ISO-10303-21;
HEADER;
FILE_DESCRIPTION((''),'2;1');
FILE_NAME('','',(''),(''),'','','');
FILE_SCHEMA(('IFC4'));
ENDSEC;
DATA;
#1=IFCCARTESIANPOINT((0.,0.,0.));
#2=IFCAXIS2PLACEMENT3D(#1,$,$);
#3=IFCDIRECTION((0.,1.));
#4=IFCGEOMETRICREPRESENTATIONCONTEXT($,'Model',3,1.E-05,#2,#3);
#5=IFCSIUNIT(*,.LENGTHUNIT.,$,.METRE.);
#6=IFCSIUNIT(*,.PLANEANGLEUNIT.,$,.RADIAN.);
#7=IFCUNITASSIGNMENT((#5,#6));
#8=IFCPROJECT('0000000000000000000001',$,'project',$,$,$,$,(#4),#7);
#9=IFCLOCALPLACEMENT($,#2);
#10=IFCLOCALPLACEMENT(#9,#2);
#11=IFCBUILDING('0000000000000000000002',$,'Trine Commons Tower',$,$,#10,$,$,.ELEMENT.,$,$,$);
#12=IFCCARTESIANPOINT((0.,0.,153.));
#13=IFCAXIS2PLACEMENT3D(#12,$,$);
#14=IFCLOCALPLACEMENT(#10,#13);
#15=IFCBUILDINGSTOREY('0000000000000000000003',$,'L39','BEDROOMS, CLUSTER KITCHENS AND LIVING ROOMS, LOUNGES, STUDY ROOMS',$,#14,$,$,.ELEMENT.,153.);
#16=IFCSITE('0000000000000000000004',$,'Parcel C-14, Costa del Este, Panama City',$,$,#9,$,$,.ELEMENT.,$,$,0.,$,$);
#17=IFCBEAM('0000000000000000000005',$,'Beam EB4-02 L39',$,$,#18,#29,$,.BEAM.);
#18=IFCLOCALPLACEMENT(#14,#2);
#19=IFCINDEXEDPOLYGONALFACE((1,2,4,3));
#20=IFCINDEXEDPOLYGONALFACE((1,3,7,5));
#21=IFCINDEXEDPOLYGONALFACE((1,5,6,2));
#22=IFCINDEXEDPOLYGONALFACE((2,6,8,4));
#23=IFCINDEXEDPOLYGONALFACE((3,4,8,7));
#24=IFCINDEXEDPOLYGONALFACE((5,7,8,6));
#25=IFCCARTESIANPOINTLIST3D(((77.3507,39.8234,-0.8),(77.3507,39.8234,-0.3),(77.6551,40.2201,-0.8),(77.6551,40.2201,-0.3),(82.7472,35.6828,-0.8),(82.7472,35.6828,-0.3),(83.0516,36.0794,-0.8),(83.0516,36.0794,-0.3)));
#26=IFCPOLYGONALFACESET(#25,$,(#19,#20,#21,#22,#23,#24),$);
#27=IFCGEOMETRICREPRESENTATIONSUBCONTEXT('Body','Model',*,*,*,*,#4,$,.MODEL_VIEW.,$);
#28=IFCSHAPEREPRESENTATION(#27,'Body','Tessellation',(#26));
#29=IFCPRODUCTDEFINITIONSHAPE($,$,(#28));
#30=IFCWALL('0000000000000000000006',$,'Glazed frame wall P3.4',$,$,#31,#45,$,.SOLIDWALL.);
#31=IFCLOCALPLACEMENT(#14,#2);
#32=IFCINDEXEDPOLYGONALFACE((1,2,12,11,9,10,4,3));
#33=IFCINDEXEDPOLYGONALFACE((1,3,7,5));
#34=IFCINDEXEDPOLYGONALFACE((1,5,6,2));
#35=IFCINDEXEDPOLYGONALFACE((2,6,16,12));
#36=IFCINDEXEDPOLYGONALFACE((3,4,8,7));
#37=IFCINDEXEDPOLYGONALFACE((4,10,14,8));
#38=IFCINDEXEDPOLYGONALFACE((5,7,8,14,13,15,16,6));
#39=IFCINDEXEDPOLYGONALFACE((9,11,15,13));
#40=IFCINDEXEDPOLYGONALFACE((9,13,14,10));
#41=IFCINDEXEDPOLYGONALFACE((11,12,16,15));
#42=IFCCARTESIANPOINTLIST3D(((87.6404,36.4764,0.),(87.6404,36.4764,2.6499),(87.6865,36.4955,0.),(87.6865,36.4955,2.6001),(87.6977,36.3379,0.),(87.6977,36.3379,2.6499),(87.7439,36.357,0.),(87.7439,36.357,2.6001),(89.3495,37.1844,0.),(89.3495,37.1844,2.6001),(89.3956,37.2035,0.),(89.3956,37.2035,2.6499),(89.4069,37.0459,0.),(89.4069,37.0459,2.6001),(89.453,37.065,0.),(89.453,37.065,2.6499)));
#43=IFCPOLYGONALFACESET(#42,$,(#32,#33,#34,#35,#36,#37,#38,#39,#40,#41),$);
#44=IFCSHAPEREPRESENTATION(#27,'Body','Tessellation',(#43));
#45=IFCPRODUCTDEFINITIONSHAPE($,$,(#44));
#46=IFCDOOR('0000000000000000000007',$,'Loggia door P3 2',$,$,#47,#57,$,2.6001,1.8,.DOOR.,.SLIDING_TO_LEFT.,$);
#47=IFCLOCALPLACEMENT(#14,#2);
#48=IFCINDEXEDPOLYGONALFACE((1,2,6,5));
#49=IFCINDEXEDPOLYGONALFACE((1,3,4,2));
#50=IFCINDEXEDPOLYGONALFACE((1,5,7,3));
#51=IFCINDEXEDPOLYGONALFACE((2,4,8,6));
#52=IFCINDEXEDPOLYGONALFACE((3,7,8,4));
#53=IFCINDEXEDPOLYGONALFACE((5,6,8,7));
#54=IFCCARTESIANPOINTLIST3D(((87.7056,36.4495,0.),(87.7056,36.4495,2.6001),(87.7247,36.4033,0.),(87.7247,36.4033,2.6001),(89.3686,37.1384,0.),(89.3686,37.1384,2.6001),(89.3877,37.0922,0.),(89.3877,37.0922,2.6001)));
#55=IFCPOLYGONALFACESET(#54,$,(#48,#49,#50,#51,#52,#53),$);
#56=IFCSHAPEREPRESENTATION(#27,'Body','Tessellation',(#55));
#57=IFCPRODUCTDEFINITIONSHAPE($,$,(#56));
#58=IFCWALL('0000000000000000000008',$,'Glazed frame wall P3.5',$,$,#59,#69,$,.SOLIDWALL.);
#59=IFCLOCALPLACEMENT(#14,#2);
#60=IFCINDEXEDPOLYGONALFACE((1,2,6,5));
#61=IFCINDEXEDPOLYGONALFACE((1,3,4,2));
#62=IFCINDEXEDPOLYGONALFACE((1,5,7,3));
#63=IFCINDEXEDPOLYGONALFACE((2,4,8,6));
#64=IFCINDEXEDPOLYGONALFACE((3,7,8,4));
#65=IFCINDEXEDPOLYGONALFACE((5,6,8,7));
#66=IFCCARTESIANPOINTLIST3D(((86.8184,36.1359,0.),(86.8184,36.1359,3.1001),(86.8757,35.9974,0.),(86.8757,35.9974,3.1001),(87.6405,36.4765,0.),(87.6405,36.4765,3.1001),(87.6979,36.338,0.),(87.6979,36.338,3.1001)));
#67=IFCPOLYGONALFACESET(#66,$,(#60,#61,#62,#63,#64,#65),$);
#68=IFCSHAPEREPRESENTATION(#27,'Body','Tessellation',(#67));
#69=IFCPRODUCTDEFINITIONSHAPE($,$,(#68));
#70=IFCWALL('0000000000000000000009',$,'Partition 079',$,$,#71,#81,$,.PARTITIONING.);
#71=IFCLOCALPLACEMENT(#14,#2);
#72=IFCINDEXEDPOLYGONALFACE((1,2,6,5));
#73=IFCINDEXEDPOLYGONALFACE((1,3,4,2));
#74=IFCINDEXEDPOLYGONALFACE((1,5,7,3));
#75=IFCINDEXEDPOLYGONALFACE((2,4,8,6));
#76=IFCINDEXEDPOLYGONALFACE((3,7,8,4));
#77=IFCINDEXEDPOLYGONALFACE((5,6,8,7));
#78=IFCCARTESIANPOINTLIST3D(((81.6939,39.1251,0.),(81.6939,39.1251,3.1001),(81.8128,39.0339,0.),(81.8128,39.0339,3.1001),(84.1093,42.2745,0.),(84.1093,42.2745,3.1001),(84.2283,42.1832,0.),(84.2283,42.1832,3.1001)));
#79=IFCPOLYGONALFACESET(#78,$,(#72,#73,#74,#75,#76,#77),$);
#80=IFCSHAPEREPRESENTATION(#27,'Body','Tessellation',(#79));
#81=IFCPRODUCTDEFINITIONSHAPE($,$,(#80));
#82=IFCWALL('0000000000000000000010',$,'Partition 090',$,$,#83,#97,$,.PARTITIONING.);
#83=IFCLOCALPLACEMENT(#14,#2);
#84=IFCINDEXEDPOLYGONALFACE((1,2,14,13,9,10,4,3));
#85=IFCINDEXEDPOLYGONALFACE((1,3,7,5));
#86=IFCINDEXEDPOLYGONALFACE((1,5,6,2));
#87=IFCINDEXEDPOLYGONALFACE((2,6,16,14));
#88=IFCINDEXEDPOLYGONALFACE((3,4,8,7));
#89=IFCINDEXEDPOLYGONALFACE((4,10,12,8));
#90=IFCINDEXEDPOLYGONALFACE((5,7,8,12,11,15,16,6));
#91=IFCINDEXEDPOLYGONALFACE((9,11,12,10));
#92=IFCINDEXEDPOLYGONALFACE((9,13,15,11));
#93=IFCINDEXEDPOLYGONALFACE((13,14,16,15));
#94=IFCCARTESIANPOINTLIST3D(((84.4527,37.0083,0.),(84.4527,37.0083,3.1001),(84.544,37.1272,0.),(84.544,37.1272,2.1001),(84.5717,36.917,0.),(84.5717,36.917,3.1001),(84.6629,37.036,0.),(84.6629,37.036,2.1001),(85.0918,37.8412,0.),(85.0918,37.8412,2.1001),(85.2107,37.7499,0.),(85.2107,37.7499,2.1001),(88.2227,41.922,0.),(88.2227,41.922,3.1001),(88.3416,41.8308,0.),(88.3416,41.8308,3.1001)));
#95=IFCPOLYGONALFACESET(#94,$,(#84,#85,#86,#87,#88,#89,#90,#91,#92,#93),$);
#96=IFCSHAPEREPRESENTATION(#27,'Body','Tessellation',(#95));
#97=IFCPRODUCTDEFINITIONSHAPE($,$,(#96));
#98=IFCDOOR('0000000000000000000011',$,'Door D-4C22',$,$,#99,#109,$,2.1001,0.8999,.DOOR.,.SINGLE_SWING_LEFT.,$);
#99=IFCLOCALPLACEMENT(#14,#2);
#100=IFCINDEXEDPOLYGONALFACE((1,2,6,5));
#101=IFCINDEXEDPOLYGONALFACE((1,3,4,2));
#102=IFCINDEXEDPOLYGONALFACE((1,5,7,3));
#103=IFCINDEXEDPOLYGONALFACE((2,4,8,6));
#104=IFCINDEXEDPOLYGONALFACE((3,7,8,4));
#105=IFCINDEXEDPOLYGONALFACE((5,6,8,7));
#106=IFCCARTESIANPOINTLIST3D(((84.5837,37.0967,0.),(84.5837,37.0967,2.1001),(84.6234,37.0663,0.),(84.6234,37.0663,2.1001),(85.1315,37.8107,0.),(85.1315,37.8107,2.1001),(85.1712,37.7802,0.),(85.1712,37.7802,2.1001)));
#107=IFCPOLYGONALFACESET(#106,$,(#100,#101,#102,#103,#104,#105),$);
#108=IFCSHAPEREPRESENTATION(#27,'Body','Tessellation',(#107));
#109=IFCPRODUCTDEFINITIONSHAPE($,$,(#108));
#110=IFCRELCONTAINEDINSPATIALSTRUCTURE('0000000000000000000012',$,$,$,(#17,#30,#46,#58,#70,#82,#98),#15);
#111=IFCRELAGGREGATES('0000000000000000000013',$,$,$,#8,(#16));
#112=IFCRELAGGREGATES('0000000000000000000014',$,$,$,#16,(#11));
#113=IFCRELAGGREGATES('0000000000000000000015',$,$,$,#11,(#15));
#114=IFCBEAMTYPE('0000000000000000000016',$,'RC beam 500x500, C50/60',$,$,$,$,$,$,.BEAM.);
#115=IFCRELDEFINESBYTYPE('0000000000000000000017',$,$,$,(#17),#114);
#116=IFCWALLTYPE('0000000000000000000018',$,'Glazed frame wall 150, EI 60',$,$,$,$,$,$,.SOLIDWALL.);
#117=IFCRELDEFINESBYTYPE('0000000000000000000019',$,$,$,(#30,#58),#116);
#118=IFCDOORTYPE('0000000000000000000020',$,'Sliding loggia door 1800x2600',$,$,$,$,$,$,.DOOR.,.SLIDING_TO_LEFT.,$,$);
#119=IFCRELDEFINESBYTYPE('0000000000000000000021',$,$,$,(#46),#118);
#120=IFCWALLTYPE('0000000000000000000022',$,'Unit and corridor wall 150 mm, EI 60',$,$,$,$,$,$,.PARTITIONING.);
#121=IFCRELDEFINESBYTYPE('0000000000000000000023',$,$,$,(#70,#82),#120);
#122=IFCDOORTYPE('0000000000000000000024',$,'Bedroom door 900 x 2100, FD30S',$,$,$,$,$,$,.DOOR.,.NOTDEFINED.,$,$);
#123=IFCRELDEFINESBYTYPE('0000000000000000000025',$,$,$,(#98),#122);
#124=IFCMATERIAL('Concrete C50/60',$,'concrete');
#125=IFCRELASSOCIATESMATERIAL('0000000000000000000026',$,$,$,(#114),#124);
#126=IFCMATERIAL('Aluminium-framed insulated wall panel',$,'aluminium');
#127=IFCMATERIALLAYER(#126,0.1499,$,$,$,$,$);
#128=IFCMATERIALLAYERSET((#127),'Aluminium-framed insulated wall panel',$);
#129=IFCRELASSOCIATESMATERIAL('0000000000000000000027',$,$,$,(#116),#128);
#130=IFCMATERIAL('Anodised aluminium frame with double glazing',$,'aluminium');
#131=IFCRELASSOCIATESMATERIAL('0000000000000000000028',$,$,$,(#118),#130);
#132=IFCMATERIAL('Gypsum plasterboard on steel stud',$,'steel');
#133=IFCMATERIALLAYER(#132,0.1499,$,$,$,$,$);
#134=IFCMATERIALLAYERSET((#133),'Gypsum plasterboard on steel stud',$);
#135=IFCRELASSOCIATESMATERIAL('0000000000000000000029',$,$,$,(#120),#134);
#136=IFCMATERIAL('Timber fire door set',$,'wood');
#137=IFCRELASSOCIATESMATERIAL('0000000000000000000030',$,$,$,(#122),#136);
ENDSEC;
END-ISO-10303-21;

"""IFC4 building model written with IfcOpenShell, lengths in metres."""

from ifc_helpers import new_model, si_unit, direction, frame, frame_2d, origin, origin_2d, place, context, subcontext, project, spatial, polyline, rectangle, outline, extrude, material, layer, layer_set, material_profile, profile_set, type_object, element, fill, save


model = new_model("IFC4")

# Units and contexts
model_context = context("Model", 3, precision=1e-05, world=origin(), true_north=direction((0.0, 1.0)))
body_context = subcontext(model_context, "Body", "Model", "MODEL_VIEW")
ifc_project = project(units=[si_unit("LENGTHUNIT", "METRE"), si_unit("PLANEANGLEUNIT", "RADIAN")], contexts=[model_context])

# Site, building, storey
site_placement = place(None, origin())
site = spatial("IfcSite", under=ifc_project, at=site_placement, Name="Parcel C-14, Costa del Este, Panama City", CompositionType="ELEMENT", RefElevation=0.0)
building_placement = place(site_placement, origin())
building = spatial("IfcBuilding", under=site, at=building_placement, Name="Trine Commons Tower", CompositionType="ELEMENT")
storey_placement = place(building_placement, frame((0.0, 0.0, 153.0)))
storey = spatial("IfcBuildingStorey", under=building, at=storey_placement, Name="L39", Description="BEDROOMS, CLUSTER KITCHENS AND LIVING ROOMS, LOUNGES, STUDY ROOMS", CompositionType="ELEMENT", Elevation=153.0)

# Beam
ifc_material_1 = material(Name="Concrete C50/60", Category="concrete")
ifc_material_profile = material_profile(ifc_material_1, rectangle(XDim=0.5, YDim=0.5, at=origin_2d()), Name="RC 500x500")
ifc_profile_set = profile_set([ifc_material_profile], Name="Concrete C50/60")
beam_type = type_object("IfcBeamType", Name="RC beam 500x500, C50/60", PredefinedType="BEAM", material=ifc_profile_set)
beam_placement = place(storey_placement, frame((82.8994, 35.8811, -0.55), z_axis=(-0.793371, 0.608739, 0.0), x_axis=(-0.608739, -0.793371, 0.0)))
element("IfcBeam", 1, at=beam_placement, inside=storey, type_object=beam_type, Name="Beam EB4-02 L39", PredefinedType="BEAM", context=body_context, shape_type="SweptSolid", body=[
    extrude(rectangle(XDim=0.5, YDim=0.5, at=origin_2d()), origin(), (0.0, 0.0, 1.0), 6.802),
])

# Wall, opening, door
ifc_material_2 = material(Name="Aluminium-framed insulated wall panel", Category="aluminium")
ifc_layer_1 = layer(ifc_material_2, 0.1499)
ifc_layer_set_1 = layer_set([ifc_layer_1], Name="Aluminium-framed insulated wall panel")
wall_type_1 = type_object("IfcWallType", Name="Glazed frame wall 150, EI 60", PredefinedType="SOLIDWALL", material=ifc_layer_set_1)
wall_1_placement = place(storey_placement, frame((89.4243, 37.1343, 0.0), z_axis=(0.0, 0.0, 1.0), x_axis=(-0.92387, -0.382707, 0.0)))
wall_1 = element("IfcWall", 2, at=wall_1_placement, inside=storey, type_object=wall_type_1, Name="Glazed frame wall P3.4", PredefinedType="SOLIDWALL", context=body_context, shape_type="SweptSolid", body=[
    extrude(outline(polyline([(0.0, -0.075), (1.8999, -0.075), (1.8999, 0.075), (0.0, 0.075), (0.0, -0.075)])), origin(), (0.0, 0.0, 1.0), 2.6499),
])
opening_1_placement = place(wall_1_placement, frame((0.05, 0.0, 0.0)))
opening_1 = element("IfcOpeningElement", 3, at=opening_1_placement, cuts=wall_1, PredefinedType="OPENING", context=body_context, shape_type="SweptSolid", body=[
    extrude(rectangle(XDim=1.8, YDim=2.6001, at=frame_2d((0.8999, 1.3))), frame((0.0, 0.085, 0.0), z_axis=(0.0, -1.0, 0.0), x_axis=(1.0, 0.0, 0.0)), (0.0, 0.0, 1.0), 0.1699),
])
ifc_material_3 = material(Name="Anodised aluminium frame with double glazing", Category="aluminium")
door_type_1 = type_object("IfcDoorType", Name="Sliding loggia door 1800x2600", OperationType="SLIDING_TO_LEFT", PredefinedType="DOOR", material=ifc_material_3)
door_1_placement = place(opening_1_placement, origin())
door_1 = element("IfcDoor", 4, at=door_1_placement, inside=storey, type_object=door_type_1, Name="Loggia door P3 2", OperationType="SLIDING_TO_LEFT", OverallHeight=2.6001, OverallWidth=1.8, PredefinedType="DOOR", context=body_context, shape_type="SweptSolid", body=[
    extrude(rectangle(XDim=1.8, YDim=2.6001, at=frame_2d((0.8999, 1.3))), frame((0.0, 0.0249, 0.0), z_axis=(0.0, -1.0, 0.0), x_axis=(1.0, 0.0, 0.0)), (0.0, 0.0, 1.0), 0.05),
])
fill(opening_1, door_1)

# Walls
wall_2_placement = place(storey_placement, frame((87.6692, 36.4072, 0.0), z_axis=(0.0, 0.0, 1.0), x_axis=(-0.923862, -0.382725, 0.0)))
element("IfcWall", 5, at=wall_2_placement, inside=storey, type_object=wall_type_1, Name="Glazed frame wall P3.5", PredefinedType="SOLIDWALL", context=body_context, shape_type="SweptSolid", body=[
    extrude(outline(polyline([(0.8899, 0.075), (0.0, 0.075), (0.0, -0.075), (0.8899, -0.075), (0.8899, 0.075)])), origin(), (0.0, 0.0, 1.0), 3.1001),
])
ifc_material_4 = material(Name="Gypsum plasterboard on steel stud", Category="steel")
ifc_layer_2 = layer(ifc_material_4, 0.1499)
ifc_layer_set_2 = layer_set([ifc_layer_2], Name="Gypsum plasterboard on steel stud")
wall_type_2 = type_object("IfcWallType", Name="Unit and corridor wall 150 mm, EI 60", PredefinedType="PARTITIONING", material=ifc_layer_set_2)
wall_3_placement = place(storey_placement, frame((81.7534, 39.0796, 0.0), z_axis=(0.0, 0.0, 1.0), x_axis=(0.608586, 0.793488, 0.0)))
element("IfcWall", 6, at=wall_3_placement, inside=storey, type_object=wall_type_2, Name="Partition 079", PredefinedType="PARTITIONING", context=body_context, shape_type="SweptSolid", body=[
    extrude(rectangle(XDim=3.969, YDim=0.1499, at=frame_2d((1.9844, 0.0))), origin(), (0.0, 0.0, 1.0), 3.1001),
])

# Wall, opening, door
wall_4_placement = place(storey_placement, frame((84.5122, 36.9626, 0.0), z_axis=(0.0, 0.0, 1.0), x_axis=(0.608712, 0.793391, 0.0)))
wall_4 = element("IfcWall", 7, at=wall_4_placement, inside=storey, type_object=wall_type_2, Name="Partition 090", PredefinedType="PARTITIONING", context=body_context, shape_type="SweptSolid", body=[
    extrude(rectangle(XDim=6.1934, YDim=0.1499, at=frame_2d((3.0967, 0.0))), origin(), (0.0, 0.0, 1.0), 3.1001),
])
opening_2_placement = place(wall_4_placement, frame((0.1499, 0.0, 0.0)))
opening_2 = element("IfcOpeningElement", 8, at=opening_2_placement, cuts=wall_4, PredefinedType="OPENING", context=body_context, shape_type="SweptSolid", body=[
    extrude(rectangle(XDim=0.8999, YDim=2.1001, at=frame_2d((0.45, 1.05))), frame((0.0, 0.085, 0.0), z_axis=(0.0, -1.0, 0.0), x_axis=(1.0, 0.0, 0.0)), (0.0, 0.0, 1.0), 0.1699),
])
ifc_material_5 = material(Name="Timber fire door set", Category="wood")
door_type_2 = type_object("IfcDoorType", Name="Bedroom door 900 x 2100, FD30S", OperationType="NOTDEFINED", PredefinedType="DOOR", material=ifc_material_5)
door_2_placement = place(opening_2_placement, origin())
door_2 = element("IfcDoor", 9, at=door_2_placement, inside=storey, type_object=door_type_2, Name="Door D-4C22", OperationType="SINGLE_SWING_LEFT", OverallHeight=2.1001, OverallWidth=0.8999, PredefinedType="DOOR", context=body_context, shape_type="SweptSolid", body=[
    extrude(rectangle(XDim=0.8999, YDim=2.1001, at=frame_2d((0.45, 1.05))), frame((0.0, 0.0249, 0.0), z_axis=(0.0, -1.0, 0.0), x_axis=(1.0, 0.0, 0.0)), (0.0, 0.0, 1.0), 0.05),
])
fill(opening_2, door_2)

save(model, "model.ifc")
